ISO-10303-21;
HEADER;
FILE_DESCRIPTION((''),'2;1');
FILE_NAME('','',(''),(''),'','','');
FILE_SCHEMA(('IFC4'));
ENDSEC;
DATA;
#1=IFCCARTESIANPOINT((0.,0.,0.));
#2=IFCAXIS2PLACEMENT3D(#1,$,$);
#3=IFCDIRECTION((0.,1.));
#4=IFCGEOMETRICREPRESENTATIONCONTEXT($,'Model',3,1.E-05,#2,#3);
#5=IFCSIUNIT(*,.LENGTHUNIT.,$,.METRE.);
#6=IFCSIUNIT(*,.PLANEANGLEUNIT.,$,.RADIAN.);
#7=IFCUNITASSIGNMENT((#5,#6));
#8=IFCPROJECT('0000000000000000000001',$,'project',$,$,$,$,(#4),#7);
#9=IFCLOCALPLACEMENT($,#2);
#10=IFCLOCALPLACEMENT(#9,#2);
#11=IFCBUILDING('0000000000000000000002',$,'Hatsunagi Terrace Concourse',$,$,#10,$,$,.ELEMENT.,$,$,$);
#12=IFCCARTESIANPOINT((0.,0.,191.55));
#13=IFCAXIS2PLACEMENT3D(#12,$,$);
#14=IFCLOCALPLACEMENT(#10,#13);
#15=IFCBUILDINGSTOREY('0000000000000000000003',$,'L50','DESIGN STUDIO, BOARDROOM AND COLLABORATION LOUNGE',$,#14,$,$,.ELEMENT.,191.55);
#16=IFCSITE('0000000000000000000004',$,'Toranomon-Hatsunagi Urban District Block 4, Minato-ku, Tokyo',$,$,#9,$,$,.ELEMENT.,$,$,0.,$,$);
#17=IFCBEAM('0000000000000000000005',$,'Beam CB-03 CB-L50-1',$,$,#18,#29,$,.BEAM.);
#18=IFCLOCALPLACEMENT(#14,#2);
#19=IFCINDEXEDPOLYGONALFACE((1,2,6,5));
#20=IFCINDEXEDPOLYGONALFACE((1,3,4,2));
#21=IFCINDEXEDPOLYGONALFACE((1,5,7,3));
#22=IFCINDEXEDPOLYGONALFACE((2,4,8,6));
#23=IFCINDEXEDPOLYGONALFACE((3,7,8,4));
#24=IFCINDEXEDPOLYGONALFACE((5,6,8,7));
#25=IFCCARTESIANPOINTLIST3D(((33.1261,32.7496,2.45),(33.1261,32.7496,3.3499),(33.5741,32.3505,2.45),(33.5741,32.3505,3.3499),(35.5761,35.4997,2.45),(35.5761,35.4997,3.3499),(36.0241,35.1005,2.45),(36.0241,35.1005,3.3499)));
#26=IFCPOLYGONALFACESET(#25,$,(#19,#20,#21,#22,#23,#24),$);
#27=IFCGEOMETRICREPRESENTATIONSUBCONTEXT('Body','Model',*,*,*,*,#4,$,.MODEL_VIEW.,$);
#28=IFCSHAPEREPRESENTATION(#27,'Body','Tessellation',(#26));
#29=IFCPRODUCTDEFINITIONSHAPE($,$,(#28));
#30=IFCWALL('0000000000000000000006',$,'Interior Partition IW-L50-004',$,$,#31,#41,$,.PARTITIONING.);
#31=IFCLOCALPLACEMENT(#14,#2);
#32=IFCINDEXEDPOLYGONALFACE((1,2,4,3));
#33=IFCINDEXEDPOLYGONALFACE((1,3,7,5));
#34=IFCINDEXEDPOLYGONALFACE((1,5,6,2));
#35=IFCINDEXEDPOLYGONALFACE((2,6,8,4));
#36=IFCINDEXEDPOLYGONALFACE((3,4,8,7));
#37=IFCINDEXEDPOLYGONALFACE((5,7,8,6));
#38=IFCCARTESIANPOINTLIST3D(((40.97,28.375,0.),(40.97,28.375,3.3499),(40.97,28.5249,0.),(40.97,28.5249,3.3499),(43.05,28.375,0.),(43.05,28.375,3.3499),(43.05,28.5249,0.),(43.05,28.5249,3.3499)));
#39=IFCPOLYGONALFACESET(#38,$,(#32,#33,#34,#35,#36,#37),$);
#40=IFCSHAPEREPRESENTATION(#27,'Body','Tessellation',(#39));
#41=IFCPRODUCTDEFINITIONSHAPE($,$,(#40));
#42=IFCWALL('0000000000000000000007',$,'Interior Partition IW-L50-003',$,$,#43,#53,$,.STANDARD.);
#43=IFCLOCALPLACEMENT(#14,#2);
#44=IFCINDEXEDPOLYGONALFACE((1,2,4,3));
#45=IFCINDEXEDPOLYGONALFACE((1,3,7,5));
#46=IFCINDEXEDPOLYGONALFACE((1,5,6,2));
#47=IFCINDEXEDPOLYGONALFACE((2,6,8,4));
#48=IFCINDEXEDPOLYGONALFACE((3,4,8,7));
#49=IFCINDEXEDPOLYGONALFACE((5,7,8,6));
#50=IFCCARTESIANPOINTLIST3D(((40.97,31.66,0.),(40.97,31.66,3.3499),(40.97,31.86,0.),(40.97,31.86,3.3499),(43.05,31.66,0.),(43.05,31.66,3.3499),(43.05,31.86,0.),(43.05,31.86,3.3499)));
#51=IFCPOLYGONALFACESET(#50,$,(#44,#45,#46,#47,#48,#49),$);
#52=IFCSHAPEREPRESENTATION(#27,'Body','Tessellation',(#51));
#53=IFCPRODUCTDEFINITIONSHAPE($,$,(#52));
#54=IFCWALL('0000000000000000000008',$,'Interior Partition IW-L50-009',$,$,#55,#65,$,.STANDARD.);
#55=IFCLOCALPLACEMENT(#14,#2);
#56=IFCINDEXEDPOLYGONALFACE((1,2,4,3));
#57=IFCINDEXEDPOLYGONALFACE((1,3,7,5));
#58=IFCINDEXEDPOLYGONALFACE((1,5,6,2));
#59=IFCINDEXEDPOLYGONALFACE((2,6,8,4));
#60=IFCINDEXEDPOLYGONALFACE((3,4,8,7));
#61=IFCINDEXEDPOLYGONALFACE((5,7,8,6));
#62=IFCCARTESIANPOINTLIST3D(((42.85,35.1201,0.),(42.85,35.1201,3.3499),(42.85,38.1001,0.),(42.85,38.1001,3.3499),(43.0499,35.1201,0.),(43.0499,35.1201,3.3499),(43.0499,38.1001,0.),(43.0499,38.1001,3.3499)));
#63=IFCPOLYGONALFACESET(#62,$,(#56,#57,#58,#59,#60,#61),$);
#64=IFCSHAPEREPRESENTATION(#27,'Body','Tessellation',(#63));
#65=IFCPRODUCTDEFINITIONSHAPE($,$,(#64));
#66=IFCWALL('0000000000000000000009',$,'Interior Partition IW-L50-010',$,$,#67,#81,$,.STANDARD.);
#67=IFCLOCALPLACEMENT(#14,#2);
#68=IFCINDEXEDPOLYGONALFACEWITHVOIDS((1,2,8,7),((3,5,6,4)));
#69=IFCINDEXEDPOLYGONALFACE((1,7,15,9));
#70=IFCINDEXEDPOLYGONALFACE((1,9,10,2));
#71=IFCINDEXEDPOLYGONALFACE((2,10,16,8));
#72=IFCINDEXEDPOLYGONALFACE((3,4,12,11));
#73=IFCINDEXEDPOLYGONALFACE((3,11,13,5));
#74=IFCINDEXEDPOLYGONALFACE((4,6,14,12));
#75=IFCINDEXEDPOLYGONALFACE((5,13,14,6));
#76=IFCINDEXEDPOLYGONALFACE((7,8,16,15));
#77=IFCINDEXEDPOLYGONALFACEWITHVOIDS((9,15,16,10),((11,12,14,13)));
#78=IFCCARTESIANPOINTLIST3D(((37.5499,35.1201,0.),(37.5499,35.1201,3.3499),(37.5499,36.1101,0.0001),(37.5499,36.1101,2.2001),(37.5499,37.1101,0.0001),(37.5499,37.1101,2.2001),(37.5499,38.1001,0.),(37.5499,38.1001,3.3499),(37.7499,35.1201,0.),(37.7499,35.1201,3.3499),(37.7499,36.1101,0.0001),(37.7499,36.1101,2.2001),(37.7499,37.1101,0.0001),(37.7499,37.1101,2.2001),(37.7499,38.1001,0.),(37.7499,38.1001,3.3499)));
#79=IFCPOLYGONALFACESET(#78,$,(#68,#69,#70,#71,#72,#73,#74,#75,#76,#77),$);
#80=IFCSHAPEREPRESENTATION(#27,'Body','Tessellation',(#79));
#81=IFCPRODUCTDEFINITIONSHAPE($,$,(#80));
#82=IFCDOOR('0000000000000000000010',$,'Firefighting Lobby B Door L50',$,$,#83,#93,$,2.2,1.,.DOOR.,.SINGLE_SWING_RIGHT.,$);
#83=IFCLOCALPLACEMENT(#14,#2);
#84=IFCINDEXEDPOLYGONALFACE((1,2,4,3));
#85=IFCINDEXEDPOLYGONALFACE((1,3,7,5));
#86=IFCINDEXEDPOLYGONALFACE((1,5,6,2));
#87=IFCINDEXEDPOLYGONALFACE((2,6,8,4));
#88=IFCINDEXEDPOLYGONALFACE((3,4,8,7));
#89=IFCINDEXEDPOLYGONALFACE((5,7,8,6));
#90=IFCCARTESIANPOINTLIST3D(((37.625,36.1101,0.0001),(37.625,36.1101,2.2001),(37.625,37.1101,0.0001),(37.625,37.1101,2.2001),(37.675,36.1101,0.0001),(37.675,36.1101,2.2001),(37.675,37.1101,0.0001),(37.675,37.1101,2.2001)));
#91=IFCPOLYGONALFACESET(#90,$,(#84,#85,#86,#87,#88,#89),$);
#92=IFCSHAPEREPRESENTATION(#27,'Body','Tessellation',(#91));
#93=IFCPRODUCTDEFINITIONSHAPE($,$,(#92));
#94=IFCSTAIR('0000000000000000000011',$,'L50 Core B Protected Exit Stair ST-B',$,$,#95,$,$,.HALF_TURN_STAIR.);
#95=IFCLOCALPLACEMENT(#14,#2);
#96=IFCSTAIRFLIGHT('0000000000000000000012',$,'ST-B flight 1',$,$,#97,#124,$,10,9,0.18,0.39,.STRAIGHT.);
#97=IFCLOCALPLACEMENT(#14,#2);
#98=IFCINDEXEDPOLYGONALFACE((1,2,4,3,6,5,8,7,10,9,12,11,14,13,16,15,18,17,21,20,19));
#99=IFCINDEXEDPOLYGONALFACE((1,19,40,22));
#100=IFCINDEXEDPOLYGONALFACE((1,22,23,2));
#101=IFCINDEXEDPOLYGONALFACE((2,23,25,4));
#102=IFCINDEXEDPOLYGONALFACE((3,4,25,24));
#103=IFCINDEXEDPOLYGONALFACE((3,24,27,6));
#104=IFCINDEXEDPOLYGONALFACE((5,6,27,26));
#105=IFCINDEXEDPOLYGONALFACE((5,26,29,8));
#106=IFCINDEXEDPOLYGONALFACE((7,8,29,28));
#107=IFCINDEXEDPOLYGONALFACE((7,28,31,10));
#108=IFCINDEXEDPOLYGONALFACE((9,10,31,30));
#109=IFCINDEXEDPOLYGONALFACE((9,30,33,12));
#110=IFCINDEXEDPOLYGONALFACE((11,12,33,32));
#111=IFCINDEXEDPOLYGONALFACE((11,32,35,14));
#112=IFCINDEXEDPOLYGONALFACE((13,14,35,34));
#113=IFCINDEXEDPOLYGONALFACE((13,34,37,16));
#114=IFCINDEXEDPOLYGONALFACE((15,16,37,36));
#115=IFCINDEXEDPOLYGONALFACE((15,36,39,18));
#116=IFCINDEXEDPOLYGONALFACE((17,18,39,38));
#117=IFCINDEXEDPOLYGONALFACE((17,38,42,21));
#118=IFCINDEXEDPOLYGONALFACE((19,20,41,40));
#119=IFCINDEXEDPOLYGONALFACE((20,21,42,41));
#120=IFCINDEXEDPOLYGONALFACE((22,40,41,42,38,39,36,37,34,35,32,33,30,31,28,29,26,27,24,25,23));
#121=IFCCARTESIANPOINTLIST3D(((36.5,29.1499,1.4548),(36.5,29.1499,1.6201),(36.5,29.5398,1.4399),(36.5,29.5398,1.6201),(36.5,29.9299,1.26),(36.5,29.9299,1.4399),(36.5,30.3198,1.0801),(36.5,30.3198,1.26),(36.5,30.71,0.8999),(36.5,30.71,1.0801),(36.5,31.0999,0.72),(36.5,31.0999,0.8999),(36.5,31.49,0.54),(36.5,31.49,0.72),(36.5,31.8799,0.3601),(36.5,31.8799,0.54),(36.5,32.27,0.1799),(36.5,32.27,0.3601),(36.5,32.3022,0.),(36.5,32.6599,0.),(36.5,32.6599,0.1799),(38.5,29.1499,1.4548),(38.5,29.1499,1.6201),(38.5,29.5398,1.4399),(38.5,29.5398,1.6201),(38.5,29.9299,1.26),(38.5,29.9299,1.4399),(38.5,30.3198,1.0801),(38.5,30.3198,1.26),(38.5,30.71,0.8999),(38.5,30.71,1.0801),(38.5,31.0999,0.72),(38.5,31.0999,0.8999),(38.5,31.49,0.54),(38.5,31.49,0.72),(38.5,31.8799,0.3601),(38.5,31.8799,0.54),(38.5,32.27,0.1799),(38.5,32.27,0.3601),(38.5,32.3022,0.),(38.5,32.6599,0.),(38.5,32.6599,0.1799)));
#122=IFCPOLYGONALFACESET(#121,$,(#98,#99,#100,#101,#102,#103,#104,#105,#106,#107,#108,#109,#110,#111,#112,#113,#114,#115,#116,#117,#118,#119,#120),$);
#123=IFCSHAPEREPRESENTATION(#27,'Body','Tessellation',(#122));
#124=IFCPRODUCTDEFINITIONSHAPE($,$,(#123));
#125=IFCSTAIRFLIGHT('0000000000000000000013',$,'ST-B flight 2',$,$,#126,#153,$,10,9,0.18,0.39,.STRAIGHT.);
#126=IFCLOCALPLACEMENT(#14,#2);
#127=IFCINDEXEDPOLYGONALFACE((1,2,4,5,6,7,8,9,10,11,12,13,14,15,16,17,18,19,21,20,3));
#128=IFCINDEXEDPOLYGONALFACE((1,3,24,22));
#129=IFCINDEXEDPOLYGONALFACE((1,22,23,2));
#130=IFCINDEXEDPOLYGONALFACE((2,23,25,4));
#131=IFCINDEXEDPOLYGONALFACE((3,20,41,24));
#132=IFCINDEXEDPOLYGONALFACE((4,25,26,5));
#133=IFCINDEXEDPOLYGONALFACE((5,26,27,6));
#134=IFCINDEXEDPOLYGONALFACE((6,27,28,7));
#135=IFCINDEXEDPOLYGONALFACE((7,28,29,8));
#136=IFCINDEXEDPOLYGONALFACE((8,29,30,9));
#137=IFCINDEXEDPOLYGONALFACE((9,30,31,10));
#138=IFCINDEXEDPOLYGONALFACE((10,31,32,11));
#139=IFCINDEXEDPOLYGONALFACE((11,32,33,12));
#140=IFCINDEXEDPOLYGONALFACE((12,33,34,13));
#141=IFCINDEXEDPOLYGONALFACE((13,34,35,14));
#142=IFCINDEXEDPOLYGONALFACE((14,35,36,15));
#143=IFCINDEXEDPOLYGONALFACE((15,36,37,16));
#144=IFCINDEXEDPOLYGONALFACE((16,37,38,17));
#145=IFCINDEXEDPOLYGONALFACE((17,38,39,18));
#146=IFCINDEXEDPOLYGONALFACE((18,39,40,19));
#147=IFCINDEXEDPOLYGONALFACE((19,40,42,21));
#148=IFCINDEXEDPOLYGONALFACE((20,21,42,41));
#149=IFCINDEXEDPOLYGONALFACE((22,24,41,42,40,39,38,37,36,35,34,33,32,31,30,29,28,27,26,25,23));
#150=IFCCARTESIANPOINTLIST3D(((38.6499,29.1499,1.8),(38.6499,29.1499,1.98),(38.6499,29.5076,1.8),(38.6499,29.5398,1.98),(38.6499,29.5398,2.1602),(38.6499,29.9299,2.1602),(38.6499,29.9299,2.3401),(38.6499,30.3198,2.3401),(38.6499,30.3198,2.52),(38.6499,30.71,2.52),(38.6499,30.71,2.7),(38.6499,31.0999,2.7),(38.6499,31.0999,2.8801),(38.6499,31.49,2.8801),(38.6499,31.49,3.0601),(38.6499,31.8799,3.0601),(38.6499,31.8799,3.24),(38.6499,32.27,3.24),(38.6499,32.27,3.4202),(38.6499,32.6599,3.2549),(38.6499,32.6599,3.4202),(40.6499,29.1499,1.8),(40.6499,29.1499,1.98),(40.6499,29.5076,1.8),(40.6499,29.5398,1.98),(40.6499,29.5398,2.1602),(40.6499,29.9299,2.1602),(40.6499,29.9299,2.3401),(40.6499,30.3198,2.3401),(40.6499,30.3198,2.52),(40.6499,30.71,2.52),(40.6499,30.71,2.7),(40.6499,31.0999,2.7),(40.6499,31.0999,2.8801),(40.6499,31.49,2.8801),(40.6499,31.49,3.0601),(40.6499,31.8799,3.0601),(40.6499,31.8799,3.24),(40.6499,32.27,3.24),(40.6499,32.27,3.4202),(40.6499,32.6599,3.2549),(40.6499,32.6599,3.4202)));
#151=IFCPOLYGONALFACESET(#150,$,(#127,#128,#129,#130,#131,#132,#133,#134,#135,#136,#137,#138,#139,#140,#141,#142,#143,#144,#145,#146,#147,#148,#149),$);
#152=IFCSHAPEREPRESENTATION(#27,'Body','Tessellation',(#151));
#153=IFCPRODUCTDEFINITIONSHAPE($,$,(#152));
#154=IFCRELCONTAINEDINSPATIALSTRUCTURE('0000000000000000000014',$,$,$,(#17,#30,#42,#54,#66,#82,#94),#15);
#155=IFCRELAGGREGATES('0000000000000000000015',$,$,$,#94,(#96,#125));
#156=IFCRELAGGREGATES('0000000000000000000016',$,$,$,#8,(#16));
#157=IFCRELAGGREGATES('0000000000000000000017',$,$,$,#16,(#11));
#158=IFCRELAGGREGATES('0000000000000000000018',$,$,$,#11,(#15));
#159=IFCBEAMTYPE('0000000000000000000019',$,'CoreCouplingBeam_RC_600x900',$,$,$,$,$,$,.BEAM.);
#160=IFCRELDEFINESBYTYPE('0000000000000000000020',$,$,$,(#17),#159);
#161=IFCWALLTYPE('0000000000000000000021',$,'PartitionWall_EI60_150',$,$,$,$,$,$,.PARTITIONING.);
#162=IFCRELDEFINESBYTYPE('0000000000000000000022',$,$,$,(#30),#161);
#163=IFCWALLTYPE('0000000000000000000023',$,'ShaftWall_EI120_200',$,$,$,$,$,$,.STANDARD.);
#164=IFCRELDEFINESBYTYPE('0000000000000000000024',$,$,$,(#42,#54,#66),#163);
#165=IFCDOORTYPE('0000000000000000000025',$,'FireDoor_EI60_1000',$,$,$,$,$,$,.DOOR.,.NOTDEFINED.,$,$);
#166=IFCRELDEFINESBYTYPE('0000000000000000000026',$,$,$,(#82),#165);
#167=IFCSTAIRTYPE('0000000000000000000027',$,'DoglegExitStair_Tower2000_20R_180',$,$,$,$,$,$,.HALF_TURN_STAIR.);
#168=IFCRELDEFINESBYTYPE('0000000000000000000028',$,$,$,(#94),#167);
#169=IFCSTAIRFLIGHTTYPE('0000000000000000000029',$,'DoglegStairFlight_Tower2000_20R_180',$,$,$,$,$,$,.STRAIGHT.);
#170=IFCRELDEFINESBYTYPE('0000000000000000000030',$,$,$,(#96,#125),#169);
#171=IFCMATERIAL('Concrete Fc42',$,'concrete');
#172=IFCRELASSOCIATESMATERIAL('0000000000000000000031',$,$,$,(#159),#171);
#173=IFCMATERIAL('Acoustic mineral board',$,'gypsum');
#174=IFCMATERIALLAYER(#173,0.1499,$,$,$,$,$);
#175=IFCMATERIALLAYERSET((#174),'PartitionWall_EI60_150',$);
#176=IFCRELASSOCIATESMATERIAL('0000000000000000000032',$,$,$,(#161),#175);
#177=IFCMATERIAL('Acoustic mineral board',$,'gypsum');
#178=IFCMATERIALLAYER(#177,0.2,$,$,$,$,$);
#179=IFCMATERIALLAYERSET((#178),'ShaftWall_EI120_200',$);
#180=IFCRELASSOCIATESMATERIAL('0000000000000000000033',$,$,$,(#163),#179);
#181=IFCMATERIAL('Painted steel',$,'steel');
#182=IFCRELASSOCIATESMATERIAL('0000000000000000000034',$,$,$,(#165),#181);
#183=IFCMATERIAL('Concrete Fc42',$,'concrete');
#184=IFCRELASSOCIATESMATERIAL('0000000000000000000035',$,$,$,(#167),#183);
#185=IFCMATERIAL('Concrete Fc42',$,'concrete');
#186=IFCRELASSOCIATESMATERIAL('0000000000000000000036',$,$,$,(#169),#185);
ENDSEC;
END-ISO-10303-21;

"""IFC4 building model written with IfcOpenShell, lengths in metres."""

from ifc_helpers import new_model, si_unit, direction, frame, frame_2d, origin, origin_2d, place, context, subcontext, project, spatial, polyline, rectangle, outline, extrude, material, layer, layer_set, material_profile, profile_set, type_object, element, fill, aggregate, save


model = new_model("IFC4")

# Units and contexts
model_context = context("Model", 3, precision=1e-05, world=origin(), true_north=direction((0.0, 1.0)))
body_context = subcontext(model_context, "Body", "Model", "MODEL_VIEW")
ifc_project = project(units=[si_unit("LENGTHUNIT", "METRE"), si_unit("PLANEANGLEUNIT", "RADIAN")], contexts=[model_context])

# Site, building, storey
site_placement = place(None, origin())
site = spatial("IfcSite", under=ifc_project, at=site_placement, Name="Toranomon-Hatsunagi Urban District Block 4, Minato-ku, Tokyo", CompositionType="ELEMENT", RefElevation=0.0)
building_placement = place(site_placement, origin())
building = spatial("IfcBuilding", under=site, at=building_placement, Name="Hatsunagi Terrace Concourse", CompositionType="ELEMENT")
storey_placement = place(building_placement, frame((0.0, 0.0, 191.55)))
storey = spatial("IfcBuildingStorey", under=building, at=storey_placement, Name="L50", Description="DESIGN STUDIO, BOARDROOM AND COLLABORATION LOUNGE", CompositionType="ELEMENT", Elevation=191.55)

# Beam
ifc_material_1 = material(Name="Concrete Fc42", Category="concrete")
ifc_material_profile = material_profile(ifc_material_1, rectangle(XDim=0.6001, YDim=0.8999, at=origin_2d()), Name="RC-600x900")
ifc_profile_set = profile_set([ifc_material_profile], Name="Concrete Fc42")
beam_type = type_object("IfcBeamType", Name="CoreCouplingBeam_RC_600x900", PredefinedType="BEAM", material=ifc_profile_set)
beam_placement = place(storey_placement, frame((33.3501, 32.55, 2.8999), z_axis=(0.665199, 0.746666, 0.0), x_axis=(-0.746666, 0.665199, 0.0)))
element("IfcBeam", 1, at=beam_placement, inside=storey, type_object=beam_type, Name="Beam CB-03 CB-L50-1", PredefinedType="BEAM", context=body_context, shape_type="SweptSolid", body=[
    extrude(rectangle(XDim=0.6001, YDim=0.8999, at=origin_2d()), origin(), (0.0, 0.0, 1.0), 3.6831),
])

# Wall
ifc_material_2 = material(Name="Acoustic mineral board", Category="gypsum")
ifc_layer_1 = layer(ifc_material_2, 0.1499)
ifc_layer_set_1 = layer_set([ifc_layer_1], Name="PartitionWall_EI60_150")
wall_type_1 = type_object("IfcWallType", Name="PartitionWall_EI60_150", PredefinedType="PARTITIONING", material=ifc_layer_set_1)
wall_1_placement = place(storey_placement, frame((40.97, 28.45, 0.0), z_axis=(0.0, 0.0, 1.0), x_axis=(1.0, 0.0, 0.0)))
element("IfcWall", 2, at=wall_1_placement, inside=storey, type_object=wall_type_1, Name="Interior Partition IW-L50-004", PredefinedType="PARTITIONING", context=body_context, shape_type="SweptSolid", body=[
    extrude(rectangle(XDim=2.0801, YDim=0.1499, at=frame_2d((1.04, 0.0))), origin(), (0.0, 0.0, 1.0), 3.3499),
])

# Walls
ifc_material_3 = material(Name="Acoustic mineral board", Category="gypsum")
ifc_layer_2 = layer(ifc_material_3, 0.2)
ifc_layer_set_2 = layer_set([ifc_layer_2], Name="ShaftWall_EI120_200")
wall_type_2 = type_object("IfcWallType", Name="ShaftWall_EI120_200", PredefinedType="STANDARD", material=ifc_layer_set_2)
wall_2_placement = place(storey_placement, frame((40.97, 31.76, 0.0), z_axis=(0.0, 0.0, 1.0), x_axis=(1.0, 0.0, 0.0)))
element("IfcWall", 3, at=wall_2_placement, inside=storey, type_object=wall_type_2, Name="Interior Partition IW-L50-003", PredefinedType="STANDARD", context=body_context, shape_type="SweptSolid", body=[
    extrude(rectangle(XDim=2.0801, YDim=0.2, at=frame_2d((1.04, 0.0))), origin(), (0.0, 0.0, 1.0), 3.3499),
])
wall_3_placement = place(storey_placement, frame((42.95, 35.1201, 0.0), z_axis=(0.0, 0.0, 1.0), x_axis=(0.0, 1.0, 0.0)))
element("IfcWall", 4, at=wall_3_placement, inside=storey, type_object=wall_type_2, Name="Interior Partition IW-L50-009", PredefinedType="STANDARD", context=body_context, shape_type="SweptSolid", body=[
    extrude(rectangle(XDim=2.98, YDim=0.2, at=frame_2d((1.49, 0.0))), origin(), (0.0, 0.0, 1.0), 3.3499),
])

# Wall, opening, door
wall_4_placement = place(storey_placement, frame((37.6499, 35.1201, 0.0), z_axis=(0.0, 0.0, 1.0), x_axis=(0.0, 1.0, 0.0)))
wall_4 = element("IfcWall", 5, at=wall_4_placement, inside=storey, type_object=wall_type_2, Name="Interior Partition IW-L50-010", PredefinedType="STANDARD", context=body_context, shape_type="SweptSolid", body=[
    extrude(rectangle(XDim=2.98, YDim=0.2, at=frame_2d((1.49, 0.0))), origin(), (0.0, 0.0, 1.0), 3.3499),
])
opening_1_placement = place(wall_4_placement, frame((0.99, 0.0, 0.0)))
opening_1 = element("IfcOpeningElement", 6, at=opening_1_placement, cuts=wall_4, PredefinedType="OPENING", context=body_context, shape_type="SweptSolid", body=[
    extrude(rectangle(XDim=1.0, YDim=2.2, at=frame_2d((0.5, 1.1001))), frame((0.0, 0.1099, 0.0), z_axis=(0.0, -1.0, 0.0), x_axis=(1.0, 0.0, 0.0)), (0.0, 0.0, 1.0), 0.22),
])
ifc_material_4 = material(Name="Painted steel", Category="steel")
door_type_1 = type_object("IfcDoorType", Name="FireDoor_EI60_1000", OperationType="NOTDEFINED", PredefinedType="DOOR", material=ifc_material_4)
door_1_placement = place(opening_1_placement, origin())
door_1 = element("IfcDoor", 7, at=door_1_placement, inside=storey, type_object=door_type_1, Name="Firefighting Lobby B Door L50", OperationType="SINGLE_SWING_RIGHT", OverallHeight=2.2, OverallWidth=1.0, PredefinedType="DOOR", context=body_context, shape_type="SweptSolid", body=[
    extrude(rectangle(XDim=1.0, YDim=2.2, at=frame_2d((0.5, 1.1001))), frame((0.0, 0.0249, 0.0), z_axis=(0.0, -1.0, 0.0), x_axis=(1.0, 0.0, 0.0)), (0.0, 0.0, 1.0), 0.05),
])
fill(opening_1, door_1)

# Stair, stair flights
ifc_material_5 = material(Name="Concrete Fc42", Category="concrete")
stair_type = type_object("IfcStairType", Name="DoglegExitStair_Tower2000_20R_180", PredefinedType="HALF_TURN_STAIR", material=ifc_material_5)
stair_placement = place(storey_placement, origin())
stair = element("IfcStair", 8, at=stair_placement, inside=storey, type_object=stair_type, Name="L50 Core B Protected Exit Stair ST-B", PredefinedType="HALF_TURN_STAIR")
ifc_material_6 = material(Name="Concrete Fc42", Category="concrete")
stair_flight_type = type_object("IfcStairFlightType", Name="DoglegStairFlight_Tower2000_20R_180", PredefinedType="STRAIGHT", material=ifc_material_6)
stair_flight_1_placement = place(storey_placement, frame((37.5, 32.6599, 0.0), z_axis=(0.0, 0.0, 1.0), x_axis=(0.0, -1.0, 0.0)))
stair_flight_1 = element("IfcStairFlight", 9, at=stair_flight_1_placement, type_object=stair_flight_type, Name="ST-B flight 1", NumberOfRisers=10, NumberOfTreads=9, PredefinedType="STRAIGHT", RiserHeight=0.18, TreadLength=0.39, context=body_context, shape_type="SweptSolid", body=[
    extrude(outline(polyline([(0.0, 0.0), (0.0, 0.1799), (0.3899, 0.1799), (0.3899, 0.3601), (0.78, 0.3601), (0.78, 0.54), (1.1699, 0.54), (1.1699, 0.72), (1.5601, 0.72), (1.5601, 0.8999), (1.95, 0.8999), (1.95, 1.0801), (2.3401, 1.0801), (2.3401, 1.26), (2.73, 1.26), (2.73, 1.4399), (3.1201, 1.4399), (3.1201, 1.6201), (3.51, 1.6201), (3.51, 1.8), (3.51, 1.4548), (0.3577, 0.0), (0.0, 0.0)])), frame((0.0, 1.0, 0.0), z_axis=(0.0, -1.0, 0.0), x_axis=(1.0, 0.0, 0.0)), (0.0, 0.0, 1.0), 2.0),
])
stair_flight_2_placement = place(storey_placement, frame((39.6499, 29.1499, 1.8), z_axis=(0.0, 0.0, 1.0), x_axis=(0.0, 1.0, 0.0)))
stair_flight_2 = element("IfcStairFlight", 10, at=stair_flight_2_placement, type_object=stair_flight_type, Name="ST-B flight 2", NumberOfRisers=10, NumberOfTreads=9, PredefinedType="STRAIGHT", RiserHeight=0.18, TreadLength=0.39, context=body_context, shape_type="SweptSolid", body=[
    extrude(outline(polyline([(0.0, 0.0), (0.0, 0.1799), (0.3899, 0.1799), (0.3899, 0.3601), (0.78, 0.3601), (0.78, 0.54), (1.1699, 0.54), (1.1699, 0.72), (1.5601, 0.72), (1.5601, 0.8999), (1.95, 0.8999), (1.95, 1.0801), (2.3401, 1.0801), (2.3401, 1.26), (2.73, 1.26), (2.73, 1.4399), (3.1201, 1.4399), (3.1201, 1.6201), (3.51, 1.6201), (3.51, 1.8), (3.51, 1.4548), (0.3577, 0.0), (0.0, 0.0)])), frame((0.0, 1.0, 0.0), z_axis=(0.0, -1.0, 0.0), x_axis=(1.0, 0.0, 0.0)), (0.0, 0.0, 1.0), 2.0),
])
aggregate(stair, [stair_flight_1, stair_flight_2])

save(model, "model.ifc")
